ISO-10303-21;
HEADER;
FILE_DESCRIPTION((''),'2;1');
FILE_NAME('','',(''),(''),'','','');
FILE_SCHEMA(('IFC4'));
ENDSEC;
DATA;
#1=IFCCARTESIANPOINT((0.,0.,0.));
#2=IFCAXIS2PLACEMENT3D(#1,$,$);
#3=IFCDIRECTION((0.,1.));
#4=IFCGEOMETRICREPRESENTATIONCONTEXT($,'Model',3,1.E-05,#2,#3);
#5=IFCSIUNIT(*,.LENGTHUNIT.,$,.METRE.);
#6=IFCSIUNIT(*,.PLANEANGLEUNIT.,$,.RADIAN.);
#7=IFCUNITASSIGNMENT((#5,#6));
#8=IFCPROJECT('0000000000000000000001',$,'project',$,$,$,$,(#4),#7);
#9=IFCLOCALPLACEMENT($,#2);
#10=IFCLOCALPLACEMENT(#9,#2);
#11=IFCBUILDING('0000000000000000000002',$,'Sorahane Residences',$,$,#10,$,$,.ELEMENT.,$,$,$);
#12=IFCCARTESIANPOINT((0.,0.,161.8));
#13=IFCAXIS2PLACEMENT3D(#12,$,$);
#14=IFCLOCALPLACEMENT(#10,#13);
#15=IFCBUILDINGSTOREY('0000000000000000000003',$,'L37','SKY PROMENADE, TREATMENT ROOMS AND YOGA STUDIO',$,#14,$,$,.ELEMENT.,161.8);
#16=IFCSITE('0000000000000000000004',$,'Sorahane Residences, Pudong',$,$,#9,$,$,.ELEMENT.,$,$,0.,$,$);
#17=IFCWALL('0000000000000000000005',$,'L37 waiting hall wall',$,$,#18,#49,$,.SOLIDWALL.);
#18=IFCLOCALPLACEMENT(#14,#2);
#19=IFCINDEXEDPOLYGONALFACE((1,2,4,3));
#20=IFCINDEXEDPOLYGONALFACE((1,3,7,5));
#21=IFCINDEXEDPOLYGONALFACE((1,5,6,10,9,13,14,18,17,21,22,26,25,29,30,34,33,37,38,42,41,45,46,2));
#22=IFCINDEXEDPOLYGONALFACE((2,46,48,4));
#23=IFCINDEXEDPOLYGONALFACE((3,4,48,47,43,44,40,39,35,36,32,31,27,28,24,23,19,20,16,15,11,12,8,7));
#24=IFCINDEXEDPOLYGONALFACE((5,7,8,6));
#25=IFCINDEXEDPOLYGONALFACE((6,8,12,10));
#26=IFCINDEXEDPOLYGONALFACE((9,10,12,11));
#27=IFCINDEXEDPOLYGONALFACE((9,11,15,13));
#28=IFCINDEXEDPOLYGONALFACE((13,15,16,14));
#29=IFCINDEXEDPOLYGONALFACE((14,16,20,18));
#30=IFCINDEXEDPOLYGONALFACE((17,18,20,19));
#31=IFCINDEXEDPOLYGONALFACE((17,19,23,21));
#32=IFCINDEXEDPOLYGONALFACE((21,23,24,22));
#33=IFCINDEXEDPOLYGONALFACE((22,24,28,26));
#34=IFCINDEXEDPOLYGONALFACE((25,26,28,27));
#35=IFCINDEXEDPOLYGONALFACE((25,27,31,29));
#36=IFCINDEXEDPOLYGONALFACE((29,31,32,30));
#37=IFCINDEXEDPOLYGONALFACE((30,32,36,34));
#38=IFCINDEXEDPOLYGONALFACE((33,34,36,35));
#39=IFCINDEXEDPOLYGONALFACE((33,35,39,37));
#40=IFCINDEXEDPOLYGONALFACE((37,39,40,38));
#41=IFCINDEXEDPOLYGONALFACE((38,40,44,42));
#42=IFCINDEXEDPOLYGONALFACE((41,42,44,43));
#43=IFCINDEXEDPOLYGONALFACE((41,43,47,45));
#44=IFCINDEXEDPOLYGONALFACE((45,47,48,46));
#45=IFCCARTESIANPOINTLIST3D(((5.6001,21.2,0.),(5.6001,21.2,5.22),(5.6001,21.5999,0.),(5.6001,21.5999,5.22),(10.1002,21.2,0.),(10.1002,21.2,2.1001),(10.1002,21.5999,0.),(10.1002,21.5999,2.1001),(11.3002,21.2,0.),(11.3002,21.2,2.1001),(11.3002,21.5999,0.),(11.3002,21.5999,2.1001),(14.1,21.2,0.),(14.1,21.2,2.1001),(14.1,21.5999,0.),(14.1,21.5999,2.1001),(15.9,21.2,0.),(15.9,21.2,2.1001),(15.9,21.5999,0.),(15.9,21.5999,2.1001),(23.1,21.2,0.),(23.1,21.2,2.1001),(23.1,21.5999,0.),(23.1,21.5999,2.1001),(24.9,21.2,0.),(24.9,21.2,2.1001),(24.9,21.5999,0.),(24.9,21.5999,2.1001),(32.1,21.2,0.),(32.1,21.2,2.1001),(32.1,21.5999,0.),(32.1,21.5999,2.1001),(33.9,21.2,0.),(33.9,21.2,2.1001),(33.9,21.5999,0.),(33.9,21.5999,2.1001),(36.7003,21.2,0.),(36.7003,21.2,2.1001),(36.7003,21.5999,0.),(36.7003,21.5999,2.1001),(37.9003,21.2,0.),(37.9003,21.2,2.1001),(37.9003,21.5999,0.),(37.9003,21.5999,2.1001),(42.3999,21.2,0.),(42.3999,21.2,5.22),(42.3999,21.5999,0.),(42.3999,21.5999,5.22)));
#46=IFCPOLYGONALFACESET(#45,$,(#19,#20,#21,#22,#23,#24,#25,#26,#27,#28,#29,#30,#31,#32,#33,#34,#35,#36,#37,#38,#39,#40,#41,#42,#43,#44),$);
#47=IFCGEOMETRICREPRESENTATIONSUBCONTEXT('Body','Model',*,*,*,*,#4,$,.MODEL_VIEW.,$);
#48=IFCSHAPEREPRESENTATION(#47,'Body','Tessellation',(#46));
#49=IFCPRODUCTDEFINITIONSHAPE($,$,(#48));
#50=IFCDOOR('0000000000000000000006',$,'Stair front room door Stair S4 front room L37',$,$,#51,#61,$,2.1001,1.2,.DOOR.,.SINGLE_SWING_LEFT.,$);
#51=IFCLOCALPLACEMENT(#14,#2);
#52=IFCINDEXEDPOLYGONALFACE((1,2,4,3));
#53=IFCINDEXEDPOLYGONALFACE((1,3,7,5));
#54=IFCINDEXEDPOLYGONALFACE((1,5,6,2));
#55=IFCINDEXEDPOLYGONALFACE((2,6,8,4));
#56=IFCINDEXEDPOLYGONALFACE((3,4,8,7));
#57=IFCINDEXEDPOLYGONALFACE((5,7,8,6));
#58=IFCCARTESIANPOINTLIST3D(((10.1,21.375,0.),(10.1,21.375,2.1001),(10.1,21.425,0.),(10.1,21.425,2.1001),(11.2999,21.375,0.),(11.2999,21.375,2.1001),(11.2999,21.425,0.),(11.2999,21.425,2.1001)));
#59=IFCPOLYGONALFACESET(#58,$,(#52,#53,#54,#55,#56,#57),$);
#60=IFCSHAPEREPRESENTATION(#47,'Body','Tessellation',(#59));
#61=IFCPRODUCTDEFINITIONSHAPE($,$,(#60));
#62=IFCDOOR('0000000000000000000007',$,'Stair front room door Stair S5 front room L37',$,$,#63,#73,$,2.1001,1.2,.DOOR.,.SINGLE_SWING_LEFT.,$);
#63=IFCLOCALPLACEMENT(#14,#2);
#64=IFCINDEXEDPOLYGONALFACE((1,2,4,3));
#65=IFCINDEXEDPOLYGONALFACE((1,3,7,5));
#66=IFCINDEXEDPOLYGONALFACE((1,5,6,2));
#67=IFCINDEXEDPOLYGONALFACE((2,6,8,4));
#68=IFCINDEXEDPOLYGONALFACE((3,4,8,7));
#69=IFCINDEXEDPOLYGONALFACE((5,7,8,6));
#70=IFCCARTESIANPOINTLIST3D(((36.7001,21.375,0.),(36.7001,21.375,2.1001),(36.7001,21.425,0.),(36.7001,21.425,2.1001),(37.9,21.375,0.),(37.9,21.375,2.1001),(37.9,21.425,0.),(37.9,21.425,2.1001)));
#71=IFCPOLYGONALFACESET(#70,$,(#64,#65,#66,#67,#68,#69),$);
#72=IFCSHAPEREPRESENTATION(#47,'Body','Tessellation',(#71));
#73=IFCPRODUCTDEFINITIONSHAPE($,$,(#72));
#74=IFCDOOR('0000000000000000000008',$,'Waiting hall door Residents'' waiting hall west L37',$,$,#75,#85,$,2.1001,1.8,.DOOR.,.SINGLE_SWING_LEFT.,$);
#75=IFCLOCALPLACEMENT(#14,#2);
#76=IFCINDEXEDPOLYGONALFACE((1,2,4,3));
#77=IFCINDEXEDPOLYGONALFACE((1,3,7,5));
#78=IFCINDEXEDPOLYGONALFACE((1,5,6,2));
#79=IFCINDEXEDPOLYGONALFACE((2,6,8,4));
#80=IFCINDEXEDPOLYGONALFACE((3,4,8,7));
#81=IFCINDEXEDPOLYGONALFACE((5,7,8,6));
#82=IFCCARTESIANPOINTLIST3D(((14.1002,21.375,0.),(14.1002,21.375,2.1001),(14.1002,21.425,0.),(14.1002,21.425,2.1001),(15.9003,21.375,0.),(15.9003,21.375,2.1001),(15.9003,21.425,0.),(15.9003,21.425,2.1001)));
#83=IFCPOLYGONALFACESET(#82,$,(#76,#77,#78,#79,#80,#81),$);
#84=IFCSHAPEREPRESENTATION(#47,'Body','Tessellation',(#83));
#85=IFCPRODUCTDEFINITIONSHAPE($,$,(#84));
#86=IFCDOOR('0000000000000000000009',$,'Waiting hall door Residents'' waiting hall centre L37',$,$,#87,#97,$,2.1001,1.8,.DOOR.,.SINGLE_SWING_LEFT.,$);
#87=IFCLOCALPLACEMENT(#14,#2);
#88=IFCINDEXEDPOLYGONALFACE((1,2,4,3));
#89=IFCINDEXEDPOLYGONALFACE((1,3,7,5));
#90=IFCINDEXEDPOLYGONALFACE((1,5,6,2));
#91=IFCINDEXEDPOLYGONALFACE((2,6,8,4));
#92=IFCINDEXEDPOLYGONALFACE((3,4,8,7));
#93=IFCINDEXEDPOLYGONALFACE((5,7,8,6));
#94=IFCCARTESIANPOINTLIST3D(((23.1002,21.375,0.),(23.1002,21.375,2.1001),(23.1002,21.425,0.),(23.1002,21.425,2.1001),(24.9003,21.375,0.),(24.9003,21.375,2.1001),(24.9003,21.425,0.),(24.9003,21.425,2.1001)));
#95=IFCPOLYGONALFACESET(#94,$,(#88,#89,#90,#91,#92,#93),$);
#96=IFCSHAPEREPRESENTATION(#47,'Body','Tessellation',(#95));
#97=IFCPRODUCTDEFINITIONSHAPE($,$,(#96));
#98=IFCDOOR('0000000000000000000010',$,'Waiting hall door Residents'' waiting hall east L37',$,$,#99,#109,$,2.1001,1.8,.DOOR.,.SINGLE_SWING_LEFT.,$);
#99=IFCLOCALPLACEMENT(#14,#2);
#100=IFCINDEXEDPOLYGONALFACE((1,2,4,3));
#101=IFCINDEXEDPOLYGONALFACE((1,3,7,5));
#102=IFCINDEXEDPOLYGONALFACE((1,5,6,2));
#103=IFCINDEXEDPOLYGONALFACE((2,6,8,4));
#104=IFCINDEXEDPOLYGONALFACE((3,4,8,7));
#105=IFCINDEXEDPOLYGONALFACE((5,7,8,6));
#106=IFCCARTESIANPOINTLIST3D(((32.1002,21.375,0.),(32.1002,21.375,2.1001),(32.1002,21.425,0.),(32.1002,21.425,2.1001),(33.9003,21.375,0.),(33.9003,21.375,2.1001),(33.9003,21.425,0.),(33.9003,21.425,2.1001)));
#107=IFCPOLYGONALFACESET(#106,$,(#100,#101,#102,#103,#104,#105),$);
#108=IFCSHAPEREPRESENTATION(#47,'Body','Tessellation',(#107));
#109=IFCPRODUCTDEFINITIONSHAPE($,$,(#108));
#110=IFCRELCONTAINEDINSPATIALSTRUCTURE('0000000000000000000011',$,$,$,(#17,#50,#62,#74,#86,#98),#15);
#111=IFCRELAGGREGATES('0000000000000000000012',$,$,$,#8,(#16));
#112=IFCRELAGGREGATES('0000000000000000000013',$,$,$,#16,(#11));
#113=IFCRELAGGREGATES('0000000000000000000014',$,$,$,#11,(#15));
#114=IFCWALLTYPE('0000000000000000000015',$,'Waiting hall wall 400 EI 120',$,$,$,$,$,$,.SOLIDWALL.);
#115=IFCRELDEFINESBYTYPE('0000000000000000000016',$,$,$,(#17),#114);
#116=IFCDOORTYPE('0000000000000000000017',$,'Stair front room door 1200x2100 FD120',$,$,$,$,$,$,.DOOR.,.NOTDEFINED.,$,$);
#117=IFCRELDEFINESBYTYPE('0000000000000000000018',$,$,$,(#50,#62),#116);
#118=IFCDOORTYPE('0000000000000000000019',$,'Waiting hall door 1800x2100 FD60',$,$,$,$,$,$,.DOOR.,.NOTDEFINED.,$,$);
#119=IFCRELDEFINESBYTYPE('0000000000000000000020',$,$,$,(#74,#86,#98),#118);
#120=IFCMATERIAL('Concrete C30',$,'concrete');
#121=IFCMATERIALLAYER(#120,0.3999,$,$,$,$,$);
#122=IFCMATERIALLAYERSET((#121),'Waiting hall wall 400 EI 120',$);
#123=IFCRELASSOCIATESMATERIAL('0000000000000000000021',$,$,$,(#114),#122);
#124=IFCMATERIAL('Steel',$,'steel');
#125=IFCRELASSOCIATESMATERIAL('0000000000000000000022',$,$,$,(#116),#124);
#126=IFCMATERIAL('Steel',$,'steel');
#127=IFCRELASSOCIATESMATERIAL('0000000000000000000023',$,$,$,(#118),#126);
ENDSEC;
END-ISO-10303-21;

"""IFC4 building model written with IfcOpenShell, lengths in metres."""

from ifc_helpers import new_model, si_unit, direction, frame, frame_2d, origin, place, context, subcontext, project, spatial, rectangle, extrude, material, layer, layer_set, type_object, element, fill, save


model = new_model("IFC4")

# Units and contexts
model_context = context("Model", 3, precision=1e-05, world=origin(), true_north=direction((0.0, 1.0)))
body_context = subcontext(model_context, "Body", "Model", "MODEL_VIEW")
ifc_project = project(units=[si_unit("LENGTHUNIT", "METRE"), si_unit("PLANEANGLEUNIT", "RADIAN")], contexts=[model_context])

# Site, building, storey
site_placement = place(None, origin())
site = spatial("IfcSite", under=ifc_project, at=site_placement, Name="Sorahane Residences, Pudong", CompositionType="ELEMENT", RefElevation=0.0)
building_placement = place(site_placement, origin())
building = spatial("IfcBuilding", under=site, at=building_placement, Name="Sorahane Residences", CompositionType="ELEMENT")
storey_placement = place(building_placement, frame((0.0, 0.0, 161.8)))
storey = spatial("IfcBuildingStorey", under=building, at=storey_placement, Name="L37", Description="SKY PROMENADE, TREATMENT ROOMS AND YOGA STUDIO", CompositionType="ELEMENT", Elevation=161.8)

# Wall, openings, doors
ifc_material_1 = material(Name="Concrete C30", Category="concrete")
ifc_layer_1 = layer(ifc_material_1, 0.3999)
ifc_layer_set_1 = layer_set([ifc_layer_1], Name="Waiting hall wall 400 EI 120")
wall_type_1 = type_object("IfcWallType", Name="Waiting hall wall 400 EI 120", PredefinedType="SOLIDWALL", material=ifc_layer_set_1)
wall_1_placement = place(storey_placement, frame((5.6001, 21.3999, 0.0), z_axis=(0.0, 0.0, 1.0), x_axis=(1.0, 0.0, 0.0)))
wall_1 = element("IfcWall", 1, at=wall_1_placement, inside=storey, type_object=wall_type_1, Name="L37 waiting hall wall", PredefinedType="SOLIDWALL", context=body_context, shape_type="SweptSolid", body=[
    extrude(rectangle(XDim=36.7998, YDim=0.3999, at=frame_2d((18.3999, 0.0))), origin(), (0.0, 0.0, 1.0), 5.22),
])
opening_1_placement = place(wall_1_placement, frame((8.5, 0.0, 0.0)))
opening_1 = element("IfcOpeningElement", 2, at=opening_1_placement, cuts=wall_1, PredefinedType="OPENING", context=body_context, shape_type="SweptSolid", body=[
    extrude(rectangle(XDim=1.8, YDim=2.1001, at=frame_2d((0.8999, 1.05))), frame((0.0, 0.21, 0.0), z_axis=(0.0, -1.0, 0.0), x_axis=(1.0, 0.0, 0.0)), (0.0, 0.0, 1.0), 0.4199),
])
opening_2_placement = place(wall_1_placement, frame((17.5, 0.0, 0.0)))
opening_2 = element("IfcOpeningElement", 3, at=opening_2_placement, cuts=wall_1, PredefinedType="OPENING", context=body_context, shape_type="SweptSolid", body=[
    extrude(rectangle(XDim=1.8, YDim=2.1001, at=frame_2d((0.8999, 1.05))), frame((0.0, 0.21, 0.0), z_axis=(0.0, -1.0, 0.0), x_axis=(1.0, 0.0, 0.0)), (0.0, 0.0, 1.0), 0.4199),
])
opening_3_placement = place(wall_1_placement, frame((26.5, 0.0, 0.0)))
opening_3 = element("IfcOpeningElement", 4, at=opening_3_placement, cuts=wall_1, PredefinedType="OPENING", context=body_context, shape_type="SweptSolid", body=[
    extrude(rectangle(XDim=1.8, YDim=2.1001, at=frame_2d((0.8999, 1.05))), frame((0.0, 0.21, 0.0), z_axis=(0.0, -1.0, 0.0), x_axis=(1.0, 0.0, 0.0)), (0.0, 0.0, 1.0), 0.4199),
])
opening_4_placement = place(wall_1_placement, frame((4.5, 0.0, 0.0)))
opening_4 = element("IfcOpeningElement", 5, at=opening_4_placement, cuts=wall_1, PredefinedType="OPENING", context=body_context, shape_type="SweptSolid", body=[
    extrude(rectangle(XDim=1.2, YDim=2.1001, at=frame_2d((0.6001, 1.05))), frame((0.0, 0.21, 0.0), z_axis=(0.0, -1.0, 0.0), x_axis=(1.0, 0.0, 0.0)), (0.0, 0.0, 1.0), 0.4199),
])
opening_5_placement = place(wall_1_placement, frame((31.1001, 0.0, 0.0)))
opening_5 = element("IfcOpeningElement", 6, at=opening_5_placement, cuts=wall_1, PredefinedType="OPENING", context=body_context, shape_type="SweptSolid", body=[
    extrude(rectangle(XDim=1.2, YDim=2.1001, at=frame_2d((0.6001, 1.05))), frame((0.0, 0.21, 0.0), z_axis=(0.0, -1.0, 0.0), x_axis=(1.0, 0.0, 0.0)), (0.0, 0.0, 1.0), 0.4199),
])
ifc_material_2 = material(Name="Steel", Category="steel")
door_type_1 = type_object("IfcDoorType", Name="Stair front room door 1200x2100 FD120", OperationType="NOTDEFINED", PredefinedType="DOOR", material=ifc_material_2)
door_1_placement = place(opening_4_placement, frame((1.2, 0.0, 0.0), z_axis=(0.0, 0.0, 1.0), x_axis=(-1.0, 0.0, 0.0)))
door_1 = element("IfcDoor", 7, at=door_1_placement, inside=storey, type_object=door_type_1, Name="Stair front room door Stair S4 front room L37", OperationType="SINGLE_SWING_LEFT", OverallHeight=2.1001, OverallWidth=1.2, PredefinedType="DOOR", context=body_context, shape_type="SweptSolid", body=[
    extrude(rectangle(XDim=1.2, YDim=2.1001, at=frame_2d((0.6001, 1.05))), frame((0.0, 0.0249, 0.0), z_axis=(0.0, -1.0, 0.0), x_axis=(1.0, 0.0, 0.0)), (0.0, 0.0, 1.0), 0.05),
])
fill(opening_4, door_1)
door_2_placement = place(opening_5_placement, frame((1.2, 0.0, 0.0), z_axis=(0.0, 0.0, 1.0), x_axis=(-1.0, 0.0, 0.0)))
door_2 = element("IfcDoor", 8, at=door_2_placement, inside=storey, type_object=door_type_1, Name="Stair front room door Stair S5 front room L37", OperationType="SINGLE_SWING_LEFT", OverallHeight=2.1001, OverallWidth=1.2, PredefinedType="DOOR", context=body_context, shape_type="SweptSolid", body=[
    extrude(rectangle(XDim=1.2, YDim=2.1001, at=frame_2d((0.6001, 1.05))), frame((0.0, 0.0249, 0.0), z_axis=(0.0, -1.0, 0.0), x_axis=(1.0, 0.0, 0.0)), (0.0, 0.0, 1.0), 0.05),
])
fill(opening_5, door_2)
ifc_material_3 = material(Name="Steel", Category="steel")
door_type_2 = type_object("IfcDoorType", Name="Waiting hall door 1800x2100 FD60", OperationType="NOTDEFINED", PredefinedType="DOOR", material=ifc_material_3)
door_3_placement = place(opening_1_placement, frame((1.8, 0.0, 0.0), z_axis=(0.0, 0.0, 1.0), x_axis=(-1.0, 0.0, 0.0)))
door_3 = element("IfcDoor", 9, at=door_3_placement, inside=storey, type_object=door_type_2, Name="Waiting hall door Residents' waiting hall west L37", OperationType="SINGLE_SWING_LEFT", OverallHeight=2.1001, OverallWidth=1.8, PredefinedType="DOOR", context=body_context, shape_type="SweptSolid", body=[
    extrude(rectangle(XDim=1.8, YDim=2.1001, at=frame_2d((0.8999, 1.05))), frame((0.0, 0.0249, 0.0), z_axis=(0.0, -1.0, 0.0), x_axis=(1.0, 0.0, 0.0)), (0.0, 0.0, 1.0), 0.05),
])
fill(opening_1, door_3)
door_4_placement = place(opening_2_placement, frame((1.8, 0.0, 0.0), z_axis=(0.0, 0.0, 1.0), x_axis=(-1.0, 0.0, 0.0)))
door_4 = element("IfcDoor", 10, at=door_4_placement, inside=storey, type_object=door_type_2, Name="Waiting hall door Residents' waiting hall centre L37", OperationType="SINGLE_SWING_LEFT", OverallHeight=2.1001, OverallWidth=1.8, PredefinedType="DOOR", context=body_context, shape_type="SweptSolid", body=[
    extrude(rectangle(XDim=1.8, YDim=2.1001, at=frame_2d((0.8999, 1.05))), frame((0.0, 0.0249, 0.0), z_axis=(0.0, -1.0, 0.0), x_axis=(1.0, 0.0, 0.0)), (0.0, 0.0, 1.0), 0.05),
])
fill(opening_2, door_4)
door_5_placement = place(opening_3_placement, frame((1.8, 0.0, 0.0), z_axis=(0.0, 0.0, 1.0), x_axis=(-1.0, 0.0, 0.0)))
door_5 = element("IfcDoor", 11, at=door_5_placement, inside=storey, type_object=door_type_2, Name="Waiting hall door Residents' waiting hall east L37", OperationType="SINGLE_SWING_LEFT", OverallHeight=2.1001, OverallWidth=1.8, PredefinedType="DOOR", context=body_context, shape_type="SweptSolid", body=[
    extrude(rectangle(XDim=1.8, YDim=2.1001, at=frame_2d((0.8999, 1.05))), frame((0.0, 0.0249, 0.0), z_axis=(0.0, -1.0, 0.0), x_axis=(1.0, 0.0, 0.0)), (0.0, 0.0, 1.0), 0.05),
])
fill(opening_3, door_5)

save(model, "model.ifc")
